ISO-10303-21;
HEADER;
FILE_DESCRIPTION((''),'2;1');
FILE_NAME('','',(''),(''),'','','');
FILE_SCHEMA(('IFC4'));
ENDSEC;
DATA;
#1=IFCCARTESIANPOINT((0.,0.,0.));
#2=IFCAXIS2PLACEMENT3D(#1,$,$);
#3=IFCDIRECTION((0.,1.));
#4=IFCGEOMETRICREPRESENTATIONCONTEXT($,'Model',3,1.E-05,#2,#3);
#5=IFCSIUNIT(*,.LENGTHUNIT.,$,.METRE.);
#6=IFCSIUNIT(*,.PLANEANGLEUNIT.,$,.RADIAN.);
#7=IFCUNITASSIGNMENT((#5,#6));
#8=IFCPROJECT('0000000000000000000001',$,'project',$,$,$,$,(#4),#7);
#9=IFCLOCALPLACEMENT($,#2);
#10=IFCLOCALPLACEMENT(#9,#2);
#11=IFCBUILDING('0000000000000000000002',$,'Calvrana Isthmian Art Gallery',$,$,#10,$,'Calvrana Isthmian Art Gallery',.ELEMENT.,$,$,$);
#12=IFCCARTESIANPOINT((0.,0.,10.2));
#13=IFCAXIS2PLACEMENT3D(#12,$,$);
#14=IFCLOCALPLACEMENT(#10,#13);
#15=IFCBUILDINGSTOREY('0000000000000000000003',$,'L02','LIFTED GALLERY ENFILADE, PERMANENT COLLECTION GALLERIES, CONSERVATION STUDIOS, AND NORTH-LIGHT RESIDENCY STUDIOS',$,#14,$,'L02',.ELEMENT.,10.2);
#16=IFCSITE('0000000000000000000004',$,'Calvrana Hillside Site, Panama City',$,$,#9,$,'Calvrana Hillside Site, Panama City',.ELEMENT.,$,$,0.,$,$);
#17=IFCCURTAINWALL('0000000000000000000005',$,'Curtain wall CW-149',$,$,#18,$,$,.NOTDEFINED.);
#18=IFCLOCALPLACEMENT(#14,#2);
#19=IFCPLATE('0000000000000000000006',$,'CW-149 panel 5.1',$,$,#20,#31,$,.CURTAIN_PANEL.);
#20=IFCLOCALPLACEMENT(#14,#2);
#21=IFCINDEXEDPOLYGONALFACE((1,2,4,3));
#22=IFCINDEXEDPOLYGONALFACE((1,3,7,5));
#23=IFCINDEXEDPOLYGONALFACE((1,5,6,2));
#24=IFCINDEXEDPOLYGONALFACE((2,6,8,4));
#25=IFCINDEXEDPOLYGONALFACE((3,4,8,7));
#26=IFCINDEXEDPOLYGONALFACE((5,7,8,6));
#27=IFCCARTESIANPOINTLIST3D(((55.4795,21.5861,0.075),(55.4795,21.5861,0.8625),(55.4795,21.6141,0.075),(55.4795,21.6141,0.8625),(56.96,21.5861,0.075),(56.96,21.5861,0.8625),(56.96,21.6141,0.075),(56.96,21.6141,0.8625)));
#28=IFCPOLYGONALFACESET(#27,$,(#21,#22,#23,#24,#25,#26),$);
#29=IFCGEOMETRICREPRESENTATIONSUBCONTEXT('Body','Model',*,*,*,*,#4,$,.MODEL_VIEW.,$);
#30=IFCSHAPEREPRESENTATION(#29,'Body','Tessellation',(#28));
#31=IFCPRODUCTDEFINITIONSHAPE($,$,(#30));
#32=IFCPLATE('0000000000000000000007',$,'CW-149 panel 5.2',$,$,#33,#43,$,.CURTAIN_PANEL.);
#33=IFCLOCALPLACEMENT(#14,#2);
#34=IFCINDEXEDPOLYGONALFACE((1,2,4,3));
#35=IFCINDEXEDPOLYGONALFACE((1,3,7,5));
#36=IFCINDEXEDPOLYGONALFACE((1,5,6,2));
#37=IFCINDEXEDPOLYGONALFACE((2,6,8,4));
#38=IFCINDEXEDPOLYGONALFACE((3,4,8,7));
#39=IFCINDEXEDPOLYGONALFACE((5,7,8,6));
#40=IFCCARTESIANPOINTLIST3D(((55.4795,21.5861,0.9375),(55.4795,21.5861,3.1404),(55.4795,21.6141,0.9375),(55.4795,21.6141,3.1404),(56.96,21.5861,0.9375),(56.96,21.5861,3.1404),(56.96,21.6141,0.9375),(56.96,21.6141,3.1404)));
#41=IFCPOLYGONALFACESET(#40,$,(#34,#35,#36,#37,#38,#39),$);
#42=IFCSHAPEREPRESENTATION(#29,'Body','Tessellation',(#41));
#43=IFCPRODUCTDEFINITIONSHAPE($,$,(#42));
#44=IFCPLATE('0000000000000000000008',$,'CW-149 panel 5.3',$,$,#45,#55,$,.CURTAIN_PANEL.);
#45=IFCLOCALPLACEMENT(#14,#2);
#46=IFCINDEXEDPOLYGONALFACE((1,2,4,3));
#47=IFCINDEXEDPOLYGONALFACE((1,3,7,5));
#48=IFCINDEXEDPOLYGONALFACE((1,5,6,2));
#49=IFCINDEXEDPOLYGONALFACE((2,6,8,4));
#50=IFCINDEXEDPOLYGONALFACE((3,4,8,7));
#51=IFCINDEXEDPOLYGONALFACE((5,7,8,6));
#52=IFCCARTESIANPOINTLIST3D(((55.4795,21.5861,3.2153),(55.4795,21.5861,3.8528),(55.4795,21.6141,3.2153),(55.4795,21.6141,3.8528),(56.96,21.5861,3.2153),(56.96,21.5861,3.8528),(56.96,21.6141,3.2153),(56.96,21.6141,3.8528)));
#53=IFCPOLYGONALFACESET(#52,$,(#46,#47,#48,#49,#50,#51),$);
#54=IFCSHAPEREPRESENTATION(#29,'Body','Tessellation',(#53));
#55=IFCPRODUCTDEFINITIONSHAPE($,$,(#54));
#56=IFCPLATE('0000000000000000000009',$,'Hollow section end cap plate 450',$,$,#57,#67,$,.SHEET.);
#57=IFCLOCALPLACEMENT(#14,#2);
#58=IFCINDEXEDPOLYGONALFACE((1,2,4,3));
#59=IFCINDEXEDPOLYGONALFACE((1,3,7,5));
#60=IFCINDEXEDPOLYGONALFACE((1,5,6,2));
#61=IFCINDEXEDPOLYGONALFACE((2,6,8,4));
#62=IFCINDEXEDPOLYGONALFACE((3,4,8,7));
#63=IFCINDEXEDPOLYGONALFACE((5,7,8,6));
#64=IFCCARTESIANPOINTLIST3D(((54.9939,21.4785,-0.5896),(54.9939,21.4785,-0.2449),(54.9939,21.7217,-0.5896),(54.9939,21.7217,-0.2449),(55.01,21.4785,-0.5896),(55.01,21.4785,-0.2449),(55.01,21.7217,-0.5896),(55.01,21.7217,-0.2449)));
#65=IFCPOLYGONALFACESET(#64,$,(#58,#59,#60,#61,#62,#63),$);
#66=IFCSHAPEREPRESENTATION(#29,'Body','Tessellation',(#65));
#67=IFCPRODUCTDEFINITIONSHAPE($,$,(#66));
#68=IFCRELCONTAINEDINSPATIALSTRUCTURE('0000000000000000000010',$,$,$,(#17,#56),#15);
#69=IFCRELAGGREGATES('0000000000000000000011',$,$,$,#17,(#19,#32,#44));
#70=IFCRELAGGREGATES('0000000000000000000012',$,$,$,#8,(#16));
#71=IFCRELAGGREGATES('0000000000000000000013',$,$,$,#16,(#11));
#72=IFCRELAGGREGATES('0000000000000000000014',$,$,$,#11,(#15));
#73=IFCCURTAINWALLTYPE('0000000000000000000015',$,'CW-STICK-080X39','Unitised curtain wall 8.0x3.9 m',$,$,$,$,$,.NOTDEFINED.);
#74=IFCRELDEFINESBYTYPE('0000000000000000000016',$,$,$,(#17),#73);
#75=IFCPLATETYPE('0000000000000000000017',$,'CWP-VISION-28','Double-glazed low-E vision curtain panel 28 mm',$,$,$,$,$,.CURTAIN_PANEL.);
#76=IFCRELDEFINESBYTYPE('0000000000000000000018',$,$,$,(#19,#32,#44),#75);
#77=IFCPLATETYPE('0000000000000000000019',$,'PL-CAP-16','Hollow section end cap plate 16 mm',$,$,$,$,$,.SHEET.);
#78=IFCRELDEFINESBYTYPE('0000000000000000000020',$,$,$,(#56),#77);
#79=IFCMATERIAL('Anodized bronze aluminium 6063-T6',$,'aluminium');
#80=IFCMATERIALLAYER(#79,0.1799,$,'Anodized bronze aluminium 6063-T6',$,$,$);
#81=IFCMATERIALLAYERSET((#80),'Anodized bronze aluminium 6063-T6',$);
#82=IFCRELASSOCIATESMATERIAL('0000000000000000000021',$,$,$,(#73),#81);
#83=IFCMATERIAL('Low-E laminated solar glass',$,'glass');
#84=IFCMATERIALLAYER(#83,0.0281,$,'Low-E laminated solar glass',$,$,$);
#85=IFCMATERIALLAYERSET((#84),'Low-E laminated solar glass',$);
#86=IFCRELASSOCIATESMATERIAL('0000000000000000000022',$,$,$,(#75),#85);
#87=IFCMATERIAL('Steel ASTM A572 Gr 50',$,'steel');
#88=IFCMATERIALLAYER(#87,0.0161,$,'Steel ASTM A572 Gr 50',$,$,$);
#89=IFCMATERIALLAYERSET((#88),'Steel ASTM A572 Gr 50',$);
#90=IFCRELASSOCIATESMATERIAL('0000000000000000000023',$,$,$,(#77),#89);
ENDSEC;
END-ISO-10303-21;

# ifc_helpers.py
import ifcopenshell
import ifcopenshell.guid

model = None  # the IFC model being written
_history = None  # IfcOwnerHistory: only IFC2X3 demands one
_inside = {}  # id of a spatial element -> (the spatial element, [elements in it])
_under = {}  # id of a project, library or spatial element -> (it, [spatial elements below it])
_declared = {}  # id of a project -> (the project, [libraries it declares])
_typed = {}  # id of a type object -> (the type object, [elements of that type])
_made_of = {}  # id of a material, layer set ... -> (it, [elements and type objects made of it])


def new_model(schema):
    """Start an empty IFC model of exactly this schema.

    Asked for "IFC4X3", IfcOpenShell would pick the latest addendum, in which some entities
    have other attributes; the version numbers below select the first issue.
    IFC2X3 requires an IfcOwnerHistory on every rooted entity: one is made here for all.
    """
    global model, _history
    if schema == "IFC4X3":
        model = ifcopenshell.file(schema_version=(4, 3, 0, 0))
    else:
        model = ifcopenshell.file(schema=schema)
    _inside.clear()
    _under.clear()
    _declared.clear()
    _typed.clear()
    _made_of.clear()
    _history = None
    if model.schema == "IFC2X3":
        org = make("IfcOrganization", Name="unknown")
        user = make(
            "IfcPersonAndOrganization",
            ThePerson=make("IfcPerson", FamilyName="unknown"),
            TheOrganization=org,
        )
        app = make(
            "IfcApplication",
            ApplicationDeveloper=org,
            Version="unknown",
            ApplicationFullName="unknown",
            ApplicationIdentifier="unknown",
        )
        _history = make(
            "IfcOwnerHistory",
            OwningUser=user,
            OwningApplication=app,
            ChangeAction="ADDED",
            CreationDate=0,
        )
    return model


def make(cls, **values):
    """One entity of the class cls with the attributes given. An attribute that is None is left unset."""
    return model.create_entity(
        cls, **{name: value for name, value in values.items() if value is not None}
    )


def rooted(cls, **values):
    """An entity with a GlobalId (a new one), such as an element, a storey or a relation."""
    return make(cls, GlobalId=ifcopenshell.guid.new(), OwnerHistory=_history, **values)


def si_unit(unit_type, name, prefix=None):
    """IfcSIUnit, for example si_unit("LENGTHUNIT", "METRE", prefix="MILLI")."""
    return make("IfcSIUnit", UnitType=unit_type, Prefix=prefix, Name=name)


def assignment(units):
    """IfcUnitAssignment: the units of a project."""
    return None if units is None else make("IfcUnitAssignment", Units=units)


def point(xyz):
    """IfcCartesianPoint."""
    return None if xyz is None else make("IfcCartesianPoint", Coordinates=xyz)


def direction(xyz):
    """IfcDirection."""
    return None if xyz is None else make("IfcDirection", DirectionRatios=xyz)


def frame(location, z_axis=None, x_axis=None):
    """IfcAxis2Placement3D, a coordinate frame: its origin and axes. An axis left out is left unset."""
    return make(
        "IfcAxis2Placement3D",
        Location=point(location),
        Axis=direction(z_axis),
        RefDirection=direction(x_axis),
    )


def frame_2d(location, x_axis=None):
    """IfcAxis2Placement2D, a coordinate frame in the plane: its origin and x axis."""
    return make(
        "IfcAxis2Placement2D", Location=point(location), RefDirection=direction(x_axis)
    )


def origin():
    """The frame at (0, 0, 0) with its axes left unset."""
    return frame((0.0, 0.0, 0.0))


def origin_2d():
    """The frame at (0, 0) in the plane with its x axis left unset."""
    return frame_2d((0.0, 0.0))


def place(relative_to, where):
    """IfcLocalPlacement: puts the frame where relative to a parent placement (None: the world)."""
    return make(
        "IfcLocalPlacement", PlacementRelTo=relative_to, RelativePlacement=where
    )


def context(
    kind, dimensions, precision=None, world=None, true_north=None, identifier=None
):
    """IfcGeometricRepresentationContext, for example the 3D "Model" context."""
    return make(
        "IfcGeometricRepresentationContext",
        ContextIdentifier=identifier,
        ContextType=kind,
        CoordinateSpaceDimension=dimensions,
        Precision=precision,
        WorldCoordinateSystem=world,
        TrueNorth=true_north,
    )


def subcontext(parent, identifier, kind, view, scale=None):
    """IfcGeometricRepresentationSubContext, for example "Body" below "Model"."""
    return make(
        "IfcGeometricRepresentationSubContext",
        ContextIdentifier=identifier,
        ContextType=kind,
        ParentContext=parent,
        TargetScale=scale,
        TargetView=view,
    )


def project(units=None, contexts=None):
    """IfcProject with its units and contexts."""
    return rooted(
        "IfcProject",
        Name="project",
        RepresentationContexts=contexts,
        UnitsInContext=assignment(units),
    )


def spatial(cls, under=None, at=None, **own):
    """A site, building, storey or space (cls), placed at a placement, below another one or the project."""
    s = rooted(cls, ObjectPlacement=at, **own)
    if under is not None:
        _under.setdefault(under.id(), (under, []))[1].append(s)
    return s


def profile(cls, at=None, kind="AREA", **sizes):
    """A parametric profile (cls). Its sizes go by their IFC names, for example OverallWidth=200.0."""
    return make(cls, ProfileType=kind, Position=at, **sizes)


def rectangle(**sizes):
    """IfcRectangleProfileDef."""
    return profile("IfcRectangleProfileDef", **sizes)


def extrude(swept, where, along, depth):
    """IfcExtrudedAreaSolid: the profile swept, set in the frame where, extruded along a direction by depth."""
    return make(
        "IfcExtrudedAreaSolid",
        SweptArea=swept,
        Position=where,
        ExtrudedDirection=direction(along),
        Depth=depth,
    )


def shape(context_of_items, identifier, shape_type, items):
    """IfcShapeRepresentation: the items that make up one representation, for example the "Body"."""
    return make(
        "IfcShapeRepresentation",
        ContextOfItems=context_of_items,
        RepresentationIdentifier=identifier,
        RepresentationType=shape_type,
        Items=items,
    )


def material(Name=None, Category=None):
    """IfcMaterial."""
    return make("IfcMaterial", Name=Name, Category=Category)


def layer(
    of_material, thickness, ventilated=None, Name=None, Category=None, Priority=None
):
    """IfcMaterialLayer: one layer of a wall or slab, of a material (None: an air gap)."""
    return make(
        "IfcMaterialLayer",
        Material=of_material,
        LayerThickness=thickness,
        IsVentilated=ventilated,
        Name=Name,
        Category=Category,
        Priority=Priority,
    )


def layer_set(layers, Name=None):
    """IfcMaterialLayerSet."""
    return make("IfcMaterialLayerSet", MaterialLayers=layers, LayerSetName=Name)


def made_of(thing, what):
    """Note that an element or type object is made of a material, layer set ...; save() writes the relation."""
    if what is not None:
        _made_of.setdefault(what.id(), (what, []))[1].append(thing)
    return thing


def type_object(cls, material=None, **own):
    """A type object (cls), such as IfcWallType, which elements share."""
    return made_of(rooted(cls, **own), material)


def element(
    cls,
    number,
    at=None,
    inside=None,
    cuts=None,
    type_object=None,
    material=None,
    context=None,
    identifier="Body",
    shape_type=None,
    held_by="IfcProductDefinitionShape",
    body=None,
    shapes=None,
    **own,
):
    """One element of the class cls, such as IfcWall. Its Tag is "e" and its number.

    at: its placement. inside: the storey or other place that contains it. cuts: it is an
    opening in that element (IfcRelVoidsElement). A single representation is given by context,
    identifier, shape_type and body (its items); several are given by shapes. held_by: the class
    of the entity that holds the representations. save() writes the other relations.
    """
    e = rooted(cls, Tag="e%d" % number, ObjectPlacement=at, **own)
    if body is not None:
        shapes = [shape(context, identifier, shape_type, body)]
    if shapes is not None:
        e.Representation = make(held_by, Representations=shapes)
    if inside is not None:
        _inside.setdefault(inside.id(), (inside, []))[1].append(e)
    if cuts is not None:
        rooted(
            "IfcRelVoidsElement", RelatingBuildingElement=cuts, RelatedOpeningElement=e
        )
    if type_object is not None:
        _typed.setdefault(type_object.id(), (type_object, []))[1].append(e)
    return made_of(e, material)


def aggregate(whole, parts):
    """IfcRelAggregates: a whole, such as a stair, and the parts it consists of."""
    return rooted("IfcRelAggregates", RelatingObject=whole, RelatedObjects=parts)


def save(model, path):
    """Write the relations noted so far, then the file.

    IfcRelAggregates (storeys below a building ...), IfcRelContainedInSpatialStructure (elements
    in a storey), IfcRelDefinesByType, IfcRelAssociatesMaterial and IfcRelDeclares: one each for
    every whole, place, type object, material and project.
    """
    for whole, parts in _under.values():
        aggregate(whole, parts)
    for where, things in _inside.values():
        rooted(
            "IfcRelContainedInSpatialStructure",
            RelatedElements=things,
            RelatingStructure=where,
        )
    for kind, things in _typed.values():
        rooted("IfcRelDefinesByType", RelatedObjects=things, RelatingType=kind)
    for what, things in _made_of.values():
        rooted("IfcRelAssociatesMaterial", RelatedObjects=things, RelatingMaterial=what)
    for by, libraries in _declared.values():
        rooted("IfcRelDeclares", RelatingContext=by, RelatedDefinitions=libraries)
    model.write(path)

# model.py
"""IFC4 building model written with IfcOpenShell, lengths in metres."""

from ifc_helpers import new_model, si_unit, direction, frame, origin, origin_2d, place, context, subcontext, project, spatial, rectangle, extrude, material, layer, layer_set, type_object, element, aggregate, save


model = new_model("IFC4")

# Units and contexts
model_context = context("Model", 3, precision=1e-05, world=origin(), true_north=direction((0.0, 1.0)))
body_context = subcontext(model_context, "Body", "Model", "MODEL_VIEW")
ifc_project = project(units=[si_unit("LENGTHUNIT", "METRE"), si_unit("PLANEANGLEUNIT", "RADIAN")], contexts=[model_context])

# Site, building, storey
site_placement = place(None, origin())
site = spatial("IfcSite", under=ifc_project, at=site_placement, Name="Calvrana Hillside Site, Panama City", LongName="Calvrana Hillside Site, Panama City", CompositionType="ELEMENT", RefElevation=0.0)
building_placement = place(site_placement, origin())
building = spatial("IfcBuilding", under=site, at=building_placement, Name="Calvrana Isthmian Art Gallery", LongName="Calvrana Isthmian Art Gallery", CompositionType="ELEMENT")
storey_placement = place(building_placement, frame((0.0, 0.0, 10.2)))
storey = spatial("IfcBuildingStorey", under=building, at=storey_placement, Name="L02", Description="LIFTED GALLERY ENFILADE, PERMANENT COLLECTION GALLERIES, CONSERVATION STUDIOS, AND NORTH-LIGHT RESIDENCY STUDIOS", LongName="L02", CompositionType="ELEMENT", Elevation=10.2)

# Shared definitions
ifc_material_1 = material(Name="Anodized bronze aluminium 6063-T6", Category="aluminium")
ifc_layer_1 = layer(ifc_material_1, 0.1799, Name="Anodized bronze aluminium 6063-T6")
ifc_layer_set_1 = layer_set([ifc_layer_1], Name="Anodized bronze aluminium 6063-T6")
curtain_wall_type = type_object("IfcCurtainWallType", Name="CW-STICK-080X39", Description="Unitised curtain wall 8.0x3.9 m", PredefinedType="NOTDEFINED", material=ifc_layer_set_1)

# Curtain wall
curtain_wall_1_placement = place(storey_placement, origin())
curtain_wall_1 = element("IfcCurtainWall", 1, at=curtain_wall_1_placement, inside=storey, type_object=curtain_wall_type, Name="Curtain wall CW-149", PredefinedType="NOTDEFINED")

# Plates
ifc_material_2 = material(Name="Low-E laminated solar glass", Category="glass")
ifc_layer_2 = layer(ifc_material_2, 0.0281, Name="Low-E laminated solar glass")
ifc_layer_set_2 = layer_set([ifc_layer_2], Name="Low-E laminated solar glass")
plate_type_1 = type_object("IfcPlateType", Name="CWP-VISION-28", Description="Double-glazed low-E vision curtain panel 28 mm", PredefinedType="CURTAIN_PANEL", material=ifc_layer_set_2)
plate_1_placement = place(storey_placement, frame((56.2197, 21.6001, 0.075), z_axis=(0.0, 0.0, 1.0), x_axis=(-1.0, 0.0, 0.0)))
plate_1 = element("IfcPlate", 2, at=plate_1_placement, type_object=plate_type_1, Name="CW-149 panel 5.1", PredefinedType="CURTAIN_PANEL", context=body_context, shape_type="SweptSolid", body=[
    extrude(rectangle(XDim=1.4805, YDim=0.0281, at=origin_2d()), origin(), (0.0, 0.0, 1.0), 0.7876),
])
plate_2_placement = place(storey_placement, frame((56.2197, 21.6001, 0.9375), z_axis=(0.0, 0.0, 1.0), x_axis=(-1.0, 0.0, 0.0)))
plate_2 = element("IfcPlate", 3, at=plate_2_placement, type_object=plate_type_1, Name="CW-149 panel 5.2", PredefinedType="CURTAIN_PANEL", context=body_context, shape_type="SweptSolid", body=[
    extrude(rectangle(XDim=1.4805, YDim=0.0281, at=origin_2d()), origin(), (0.0, 0.0, 1.0), 2.2029),
])
plate_3_placement = place(storey_placement, frame((56.2197, 21.6001, 3.2153), z_axis=(0.0, 0.0, 1.0), x_axis=(-1.0, 0.0, 0.0)))
plate_3 = element("IfcPlate", 4, at=plate_3_placement, type_object=plate_type_1, Name="CW-149 panel 5.3", PredefinedType="CURTAIN_PANEL", context=body_context, shape_type="SweptSolid", body=[
    extrude(rectangle(XDim=1.4805, YDim=0.0281, at=origin_2d()), origin(), (0.0, 0.0, 1.0), 0.6375),
])
aggregate(curtain_wall_1, [plate_1, plate_2, plate_3])
ifc_material_3 = material(Name="Steel ASTM A572 Gr 50", Category="steel")
ifc_layer_3 = layer(ifc_material_3, 0.0161, Name="Steel ASTM A572 Gr 50")
ifc_layer_set_3 = layer_set([ifc_layer_3], Name="Steel ASTM A572 Gr 50")
plate_type_2 = type_object("IfcPlateType", Name="PL-CAP-16", Description="Hollow section end cap plate 16 mm", PredefinedType="SHEET", material=ifc_layer_set_3)
plate_4_placement = place(storey_placement, frame((55.002, 21.6001, -0.5896), z_axis=(0.0, 0.0, 1.0), x_axis=(1.0, 0.0, 0.0)))
element("IfcPlate", 5, at=plate_4_placement, inside=storey, type_object=plate_type_2, Name="Hollow section end cap plate 450", PredefinedType="SHEET", context=body_context, shape_type="SweptSolid", body=[
    extrude(rectangle(XDim=0.0161, YDim=0.2432, at=origin_2d()), origin(), (0.0, 0.0, 1.0), 0.3447),
])

save(model, "model.ifc")
